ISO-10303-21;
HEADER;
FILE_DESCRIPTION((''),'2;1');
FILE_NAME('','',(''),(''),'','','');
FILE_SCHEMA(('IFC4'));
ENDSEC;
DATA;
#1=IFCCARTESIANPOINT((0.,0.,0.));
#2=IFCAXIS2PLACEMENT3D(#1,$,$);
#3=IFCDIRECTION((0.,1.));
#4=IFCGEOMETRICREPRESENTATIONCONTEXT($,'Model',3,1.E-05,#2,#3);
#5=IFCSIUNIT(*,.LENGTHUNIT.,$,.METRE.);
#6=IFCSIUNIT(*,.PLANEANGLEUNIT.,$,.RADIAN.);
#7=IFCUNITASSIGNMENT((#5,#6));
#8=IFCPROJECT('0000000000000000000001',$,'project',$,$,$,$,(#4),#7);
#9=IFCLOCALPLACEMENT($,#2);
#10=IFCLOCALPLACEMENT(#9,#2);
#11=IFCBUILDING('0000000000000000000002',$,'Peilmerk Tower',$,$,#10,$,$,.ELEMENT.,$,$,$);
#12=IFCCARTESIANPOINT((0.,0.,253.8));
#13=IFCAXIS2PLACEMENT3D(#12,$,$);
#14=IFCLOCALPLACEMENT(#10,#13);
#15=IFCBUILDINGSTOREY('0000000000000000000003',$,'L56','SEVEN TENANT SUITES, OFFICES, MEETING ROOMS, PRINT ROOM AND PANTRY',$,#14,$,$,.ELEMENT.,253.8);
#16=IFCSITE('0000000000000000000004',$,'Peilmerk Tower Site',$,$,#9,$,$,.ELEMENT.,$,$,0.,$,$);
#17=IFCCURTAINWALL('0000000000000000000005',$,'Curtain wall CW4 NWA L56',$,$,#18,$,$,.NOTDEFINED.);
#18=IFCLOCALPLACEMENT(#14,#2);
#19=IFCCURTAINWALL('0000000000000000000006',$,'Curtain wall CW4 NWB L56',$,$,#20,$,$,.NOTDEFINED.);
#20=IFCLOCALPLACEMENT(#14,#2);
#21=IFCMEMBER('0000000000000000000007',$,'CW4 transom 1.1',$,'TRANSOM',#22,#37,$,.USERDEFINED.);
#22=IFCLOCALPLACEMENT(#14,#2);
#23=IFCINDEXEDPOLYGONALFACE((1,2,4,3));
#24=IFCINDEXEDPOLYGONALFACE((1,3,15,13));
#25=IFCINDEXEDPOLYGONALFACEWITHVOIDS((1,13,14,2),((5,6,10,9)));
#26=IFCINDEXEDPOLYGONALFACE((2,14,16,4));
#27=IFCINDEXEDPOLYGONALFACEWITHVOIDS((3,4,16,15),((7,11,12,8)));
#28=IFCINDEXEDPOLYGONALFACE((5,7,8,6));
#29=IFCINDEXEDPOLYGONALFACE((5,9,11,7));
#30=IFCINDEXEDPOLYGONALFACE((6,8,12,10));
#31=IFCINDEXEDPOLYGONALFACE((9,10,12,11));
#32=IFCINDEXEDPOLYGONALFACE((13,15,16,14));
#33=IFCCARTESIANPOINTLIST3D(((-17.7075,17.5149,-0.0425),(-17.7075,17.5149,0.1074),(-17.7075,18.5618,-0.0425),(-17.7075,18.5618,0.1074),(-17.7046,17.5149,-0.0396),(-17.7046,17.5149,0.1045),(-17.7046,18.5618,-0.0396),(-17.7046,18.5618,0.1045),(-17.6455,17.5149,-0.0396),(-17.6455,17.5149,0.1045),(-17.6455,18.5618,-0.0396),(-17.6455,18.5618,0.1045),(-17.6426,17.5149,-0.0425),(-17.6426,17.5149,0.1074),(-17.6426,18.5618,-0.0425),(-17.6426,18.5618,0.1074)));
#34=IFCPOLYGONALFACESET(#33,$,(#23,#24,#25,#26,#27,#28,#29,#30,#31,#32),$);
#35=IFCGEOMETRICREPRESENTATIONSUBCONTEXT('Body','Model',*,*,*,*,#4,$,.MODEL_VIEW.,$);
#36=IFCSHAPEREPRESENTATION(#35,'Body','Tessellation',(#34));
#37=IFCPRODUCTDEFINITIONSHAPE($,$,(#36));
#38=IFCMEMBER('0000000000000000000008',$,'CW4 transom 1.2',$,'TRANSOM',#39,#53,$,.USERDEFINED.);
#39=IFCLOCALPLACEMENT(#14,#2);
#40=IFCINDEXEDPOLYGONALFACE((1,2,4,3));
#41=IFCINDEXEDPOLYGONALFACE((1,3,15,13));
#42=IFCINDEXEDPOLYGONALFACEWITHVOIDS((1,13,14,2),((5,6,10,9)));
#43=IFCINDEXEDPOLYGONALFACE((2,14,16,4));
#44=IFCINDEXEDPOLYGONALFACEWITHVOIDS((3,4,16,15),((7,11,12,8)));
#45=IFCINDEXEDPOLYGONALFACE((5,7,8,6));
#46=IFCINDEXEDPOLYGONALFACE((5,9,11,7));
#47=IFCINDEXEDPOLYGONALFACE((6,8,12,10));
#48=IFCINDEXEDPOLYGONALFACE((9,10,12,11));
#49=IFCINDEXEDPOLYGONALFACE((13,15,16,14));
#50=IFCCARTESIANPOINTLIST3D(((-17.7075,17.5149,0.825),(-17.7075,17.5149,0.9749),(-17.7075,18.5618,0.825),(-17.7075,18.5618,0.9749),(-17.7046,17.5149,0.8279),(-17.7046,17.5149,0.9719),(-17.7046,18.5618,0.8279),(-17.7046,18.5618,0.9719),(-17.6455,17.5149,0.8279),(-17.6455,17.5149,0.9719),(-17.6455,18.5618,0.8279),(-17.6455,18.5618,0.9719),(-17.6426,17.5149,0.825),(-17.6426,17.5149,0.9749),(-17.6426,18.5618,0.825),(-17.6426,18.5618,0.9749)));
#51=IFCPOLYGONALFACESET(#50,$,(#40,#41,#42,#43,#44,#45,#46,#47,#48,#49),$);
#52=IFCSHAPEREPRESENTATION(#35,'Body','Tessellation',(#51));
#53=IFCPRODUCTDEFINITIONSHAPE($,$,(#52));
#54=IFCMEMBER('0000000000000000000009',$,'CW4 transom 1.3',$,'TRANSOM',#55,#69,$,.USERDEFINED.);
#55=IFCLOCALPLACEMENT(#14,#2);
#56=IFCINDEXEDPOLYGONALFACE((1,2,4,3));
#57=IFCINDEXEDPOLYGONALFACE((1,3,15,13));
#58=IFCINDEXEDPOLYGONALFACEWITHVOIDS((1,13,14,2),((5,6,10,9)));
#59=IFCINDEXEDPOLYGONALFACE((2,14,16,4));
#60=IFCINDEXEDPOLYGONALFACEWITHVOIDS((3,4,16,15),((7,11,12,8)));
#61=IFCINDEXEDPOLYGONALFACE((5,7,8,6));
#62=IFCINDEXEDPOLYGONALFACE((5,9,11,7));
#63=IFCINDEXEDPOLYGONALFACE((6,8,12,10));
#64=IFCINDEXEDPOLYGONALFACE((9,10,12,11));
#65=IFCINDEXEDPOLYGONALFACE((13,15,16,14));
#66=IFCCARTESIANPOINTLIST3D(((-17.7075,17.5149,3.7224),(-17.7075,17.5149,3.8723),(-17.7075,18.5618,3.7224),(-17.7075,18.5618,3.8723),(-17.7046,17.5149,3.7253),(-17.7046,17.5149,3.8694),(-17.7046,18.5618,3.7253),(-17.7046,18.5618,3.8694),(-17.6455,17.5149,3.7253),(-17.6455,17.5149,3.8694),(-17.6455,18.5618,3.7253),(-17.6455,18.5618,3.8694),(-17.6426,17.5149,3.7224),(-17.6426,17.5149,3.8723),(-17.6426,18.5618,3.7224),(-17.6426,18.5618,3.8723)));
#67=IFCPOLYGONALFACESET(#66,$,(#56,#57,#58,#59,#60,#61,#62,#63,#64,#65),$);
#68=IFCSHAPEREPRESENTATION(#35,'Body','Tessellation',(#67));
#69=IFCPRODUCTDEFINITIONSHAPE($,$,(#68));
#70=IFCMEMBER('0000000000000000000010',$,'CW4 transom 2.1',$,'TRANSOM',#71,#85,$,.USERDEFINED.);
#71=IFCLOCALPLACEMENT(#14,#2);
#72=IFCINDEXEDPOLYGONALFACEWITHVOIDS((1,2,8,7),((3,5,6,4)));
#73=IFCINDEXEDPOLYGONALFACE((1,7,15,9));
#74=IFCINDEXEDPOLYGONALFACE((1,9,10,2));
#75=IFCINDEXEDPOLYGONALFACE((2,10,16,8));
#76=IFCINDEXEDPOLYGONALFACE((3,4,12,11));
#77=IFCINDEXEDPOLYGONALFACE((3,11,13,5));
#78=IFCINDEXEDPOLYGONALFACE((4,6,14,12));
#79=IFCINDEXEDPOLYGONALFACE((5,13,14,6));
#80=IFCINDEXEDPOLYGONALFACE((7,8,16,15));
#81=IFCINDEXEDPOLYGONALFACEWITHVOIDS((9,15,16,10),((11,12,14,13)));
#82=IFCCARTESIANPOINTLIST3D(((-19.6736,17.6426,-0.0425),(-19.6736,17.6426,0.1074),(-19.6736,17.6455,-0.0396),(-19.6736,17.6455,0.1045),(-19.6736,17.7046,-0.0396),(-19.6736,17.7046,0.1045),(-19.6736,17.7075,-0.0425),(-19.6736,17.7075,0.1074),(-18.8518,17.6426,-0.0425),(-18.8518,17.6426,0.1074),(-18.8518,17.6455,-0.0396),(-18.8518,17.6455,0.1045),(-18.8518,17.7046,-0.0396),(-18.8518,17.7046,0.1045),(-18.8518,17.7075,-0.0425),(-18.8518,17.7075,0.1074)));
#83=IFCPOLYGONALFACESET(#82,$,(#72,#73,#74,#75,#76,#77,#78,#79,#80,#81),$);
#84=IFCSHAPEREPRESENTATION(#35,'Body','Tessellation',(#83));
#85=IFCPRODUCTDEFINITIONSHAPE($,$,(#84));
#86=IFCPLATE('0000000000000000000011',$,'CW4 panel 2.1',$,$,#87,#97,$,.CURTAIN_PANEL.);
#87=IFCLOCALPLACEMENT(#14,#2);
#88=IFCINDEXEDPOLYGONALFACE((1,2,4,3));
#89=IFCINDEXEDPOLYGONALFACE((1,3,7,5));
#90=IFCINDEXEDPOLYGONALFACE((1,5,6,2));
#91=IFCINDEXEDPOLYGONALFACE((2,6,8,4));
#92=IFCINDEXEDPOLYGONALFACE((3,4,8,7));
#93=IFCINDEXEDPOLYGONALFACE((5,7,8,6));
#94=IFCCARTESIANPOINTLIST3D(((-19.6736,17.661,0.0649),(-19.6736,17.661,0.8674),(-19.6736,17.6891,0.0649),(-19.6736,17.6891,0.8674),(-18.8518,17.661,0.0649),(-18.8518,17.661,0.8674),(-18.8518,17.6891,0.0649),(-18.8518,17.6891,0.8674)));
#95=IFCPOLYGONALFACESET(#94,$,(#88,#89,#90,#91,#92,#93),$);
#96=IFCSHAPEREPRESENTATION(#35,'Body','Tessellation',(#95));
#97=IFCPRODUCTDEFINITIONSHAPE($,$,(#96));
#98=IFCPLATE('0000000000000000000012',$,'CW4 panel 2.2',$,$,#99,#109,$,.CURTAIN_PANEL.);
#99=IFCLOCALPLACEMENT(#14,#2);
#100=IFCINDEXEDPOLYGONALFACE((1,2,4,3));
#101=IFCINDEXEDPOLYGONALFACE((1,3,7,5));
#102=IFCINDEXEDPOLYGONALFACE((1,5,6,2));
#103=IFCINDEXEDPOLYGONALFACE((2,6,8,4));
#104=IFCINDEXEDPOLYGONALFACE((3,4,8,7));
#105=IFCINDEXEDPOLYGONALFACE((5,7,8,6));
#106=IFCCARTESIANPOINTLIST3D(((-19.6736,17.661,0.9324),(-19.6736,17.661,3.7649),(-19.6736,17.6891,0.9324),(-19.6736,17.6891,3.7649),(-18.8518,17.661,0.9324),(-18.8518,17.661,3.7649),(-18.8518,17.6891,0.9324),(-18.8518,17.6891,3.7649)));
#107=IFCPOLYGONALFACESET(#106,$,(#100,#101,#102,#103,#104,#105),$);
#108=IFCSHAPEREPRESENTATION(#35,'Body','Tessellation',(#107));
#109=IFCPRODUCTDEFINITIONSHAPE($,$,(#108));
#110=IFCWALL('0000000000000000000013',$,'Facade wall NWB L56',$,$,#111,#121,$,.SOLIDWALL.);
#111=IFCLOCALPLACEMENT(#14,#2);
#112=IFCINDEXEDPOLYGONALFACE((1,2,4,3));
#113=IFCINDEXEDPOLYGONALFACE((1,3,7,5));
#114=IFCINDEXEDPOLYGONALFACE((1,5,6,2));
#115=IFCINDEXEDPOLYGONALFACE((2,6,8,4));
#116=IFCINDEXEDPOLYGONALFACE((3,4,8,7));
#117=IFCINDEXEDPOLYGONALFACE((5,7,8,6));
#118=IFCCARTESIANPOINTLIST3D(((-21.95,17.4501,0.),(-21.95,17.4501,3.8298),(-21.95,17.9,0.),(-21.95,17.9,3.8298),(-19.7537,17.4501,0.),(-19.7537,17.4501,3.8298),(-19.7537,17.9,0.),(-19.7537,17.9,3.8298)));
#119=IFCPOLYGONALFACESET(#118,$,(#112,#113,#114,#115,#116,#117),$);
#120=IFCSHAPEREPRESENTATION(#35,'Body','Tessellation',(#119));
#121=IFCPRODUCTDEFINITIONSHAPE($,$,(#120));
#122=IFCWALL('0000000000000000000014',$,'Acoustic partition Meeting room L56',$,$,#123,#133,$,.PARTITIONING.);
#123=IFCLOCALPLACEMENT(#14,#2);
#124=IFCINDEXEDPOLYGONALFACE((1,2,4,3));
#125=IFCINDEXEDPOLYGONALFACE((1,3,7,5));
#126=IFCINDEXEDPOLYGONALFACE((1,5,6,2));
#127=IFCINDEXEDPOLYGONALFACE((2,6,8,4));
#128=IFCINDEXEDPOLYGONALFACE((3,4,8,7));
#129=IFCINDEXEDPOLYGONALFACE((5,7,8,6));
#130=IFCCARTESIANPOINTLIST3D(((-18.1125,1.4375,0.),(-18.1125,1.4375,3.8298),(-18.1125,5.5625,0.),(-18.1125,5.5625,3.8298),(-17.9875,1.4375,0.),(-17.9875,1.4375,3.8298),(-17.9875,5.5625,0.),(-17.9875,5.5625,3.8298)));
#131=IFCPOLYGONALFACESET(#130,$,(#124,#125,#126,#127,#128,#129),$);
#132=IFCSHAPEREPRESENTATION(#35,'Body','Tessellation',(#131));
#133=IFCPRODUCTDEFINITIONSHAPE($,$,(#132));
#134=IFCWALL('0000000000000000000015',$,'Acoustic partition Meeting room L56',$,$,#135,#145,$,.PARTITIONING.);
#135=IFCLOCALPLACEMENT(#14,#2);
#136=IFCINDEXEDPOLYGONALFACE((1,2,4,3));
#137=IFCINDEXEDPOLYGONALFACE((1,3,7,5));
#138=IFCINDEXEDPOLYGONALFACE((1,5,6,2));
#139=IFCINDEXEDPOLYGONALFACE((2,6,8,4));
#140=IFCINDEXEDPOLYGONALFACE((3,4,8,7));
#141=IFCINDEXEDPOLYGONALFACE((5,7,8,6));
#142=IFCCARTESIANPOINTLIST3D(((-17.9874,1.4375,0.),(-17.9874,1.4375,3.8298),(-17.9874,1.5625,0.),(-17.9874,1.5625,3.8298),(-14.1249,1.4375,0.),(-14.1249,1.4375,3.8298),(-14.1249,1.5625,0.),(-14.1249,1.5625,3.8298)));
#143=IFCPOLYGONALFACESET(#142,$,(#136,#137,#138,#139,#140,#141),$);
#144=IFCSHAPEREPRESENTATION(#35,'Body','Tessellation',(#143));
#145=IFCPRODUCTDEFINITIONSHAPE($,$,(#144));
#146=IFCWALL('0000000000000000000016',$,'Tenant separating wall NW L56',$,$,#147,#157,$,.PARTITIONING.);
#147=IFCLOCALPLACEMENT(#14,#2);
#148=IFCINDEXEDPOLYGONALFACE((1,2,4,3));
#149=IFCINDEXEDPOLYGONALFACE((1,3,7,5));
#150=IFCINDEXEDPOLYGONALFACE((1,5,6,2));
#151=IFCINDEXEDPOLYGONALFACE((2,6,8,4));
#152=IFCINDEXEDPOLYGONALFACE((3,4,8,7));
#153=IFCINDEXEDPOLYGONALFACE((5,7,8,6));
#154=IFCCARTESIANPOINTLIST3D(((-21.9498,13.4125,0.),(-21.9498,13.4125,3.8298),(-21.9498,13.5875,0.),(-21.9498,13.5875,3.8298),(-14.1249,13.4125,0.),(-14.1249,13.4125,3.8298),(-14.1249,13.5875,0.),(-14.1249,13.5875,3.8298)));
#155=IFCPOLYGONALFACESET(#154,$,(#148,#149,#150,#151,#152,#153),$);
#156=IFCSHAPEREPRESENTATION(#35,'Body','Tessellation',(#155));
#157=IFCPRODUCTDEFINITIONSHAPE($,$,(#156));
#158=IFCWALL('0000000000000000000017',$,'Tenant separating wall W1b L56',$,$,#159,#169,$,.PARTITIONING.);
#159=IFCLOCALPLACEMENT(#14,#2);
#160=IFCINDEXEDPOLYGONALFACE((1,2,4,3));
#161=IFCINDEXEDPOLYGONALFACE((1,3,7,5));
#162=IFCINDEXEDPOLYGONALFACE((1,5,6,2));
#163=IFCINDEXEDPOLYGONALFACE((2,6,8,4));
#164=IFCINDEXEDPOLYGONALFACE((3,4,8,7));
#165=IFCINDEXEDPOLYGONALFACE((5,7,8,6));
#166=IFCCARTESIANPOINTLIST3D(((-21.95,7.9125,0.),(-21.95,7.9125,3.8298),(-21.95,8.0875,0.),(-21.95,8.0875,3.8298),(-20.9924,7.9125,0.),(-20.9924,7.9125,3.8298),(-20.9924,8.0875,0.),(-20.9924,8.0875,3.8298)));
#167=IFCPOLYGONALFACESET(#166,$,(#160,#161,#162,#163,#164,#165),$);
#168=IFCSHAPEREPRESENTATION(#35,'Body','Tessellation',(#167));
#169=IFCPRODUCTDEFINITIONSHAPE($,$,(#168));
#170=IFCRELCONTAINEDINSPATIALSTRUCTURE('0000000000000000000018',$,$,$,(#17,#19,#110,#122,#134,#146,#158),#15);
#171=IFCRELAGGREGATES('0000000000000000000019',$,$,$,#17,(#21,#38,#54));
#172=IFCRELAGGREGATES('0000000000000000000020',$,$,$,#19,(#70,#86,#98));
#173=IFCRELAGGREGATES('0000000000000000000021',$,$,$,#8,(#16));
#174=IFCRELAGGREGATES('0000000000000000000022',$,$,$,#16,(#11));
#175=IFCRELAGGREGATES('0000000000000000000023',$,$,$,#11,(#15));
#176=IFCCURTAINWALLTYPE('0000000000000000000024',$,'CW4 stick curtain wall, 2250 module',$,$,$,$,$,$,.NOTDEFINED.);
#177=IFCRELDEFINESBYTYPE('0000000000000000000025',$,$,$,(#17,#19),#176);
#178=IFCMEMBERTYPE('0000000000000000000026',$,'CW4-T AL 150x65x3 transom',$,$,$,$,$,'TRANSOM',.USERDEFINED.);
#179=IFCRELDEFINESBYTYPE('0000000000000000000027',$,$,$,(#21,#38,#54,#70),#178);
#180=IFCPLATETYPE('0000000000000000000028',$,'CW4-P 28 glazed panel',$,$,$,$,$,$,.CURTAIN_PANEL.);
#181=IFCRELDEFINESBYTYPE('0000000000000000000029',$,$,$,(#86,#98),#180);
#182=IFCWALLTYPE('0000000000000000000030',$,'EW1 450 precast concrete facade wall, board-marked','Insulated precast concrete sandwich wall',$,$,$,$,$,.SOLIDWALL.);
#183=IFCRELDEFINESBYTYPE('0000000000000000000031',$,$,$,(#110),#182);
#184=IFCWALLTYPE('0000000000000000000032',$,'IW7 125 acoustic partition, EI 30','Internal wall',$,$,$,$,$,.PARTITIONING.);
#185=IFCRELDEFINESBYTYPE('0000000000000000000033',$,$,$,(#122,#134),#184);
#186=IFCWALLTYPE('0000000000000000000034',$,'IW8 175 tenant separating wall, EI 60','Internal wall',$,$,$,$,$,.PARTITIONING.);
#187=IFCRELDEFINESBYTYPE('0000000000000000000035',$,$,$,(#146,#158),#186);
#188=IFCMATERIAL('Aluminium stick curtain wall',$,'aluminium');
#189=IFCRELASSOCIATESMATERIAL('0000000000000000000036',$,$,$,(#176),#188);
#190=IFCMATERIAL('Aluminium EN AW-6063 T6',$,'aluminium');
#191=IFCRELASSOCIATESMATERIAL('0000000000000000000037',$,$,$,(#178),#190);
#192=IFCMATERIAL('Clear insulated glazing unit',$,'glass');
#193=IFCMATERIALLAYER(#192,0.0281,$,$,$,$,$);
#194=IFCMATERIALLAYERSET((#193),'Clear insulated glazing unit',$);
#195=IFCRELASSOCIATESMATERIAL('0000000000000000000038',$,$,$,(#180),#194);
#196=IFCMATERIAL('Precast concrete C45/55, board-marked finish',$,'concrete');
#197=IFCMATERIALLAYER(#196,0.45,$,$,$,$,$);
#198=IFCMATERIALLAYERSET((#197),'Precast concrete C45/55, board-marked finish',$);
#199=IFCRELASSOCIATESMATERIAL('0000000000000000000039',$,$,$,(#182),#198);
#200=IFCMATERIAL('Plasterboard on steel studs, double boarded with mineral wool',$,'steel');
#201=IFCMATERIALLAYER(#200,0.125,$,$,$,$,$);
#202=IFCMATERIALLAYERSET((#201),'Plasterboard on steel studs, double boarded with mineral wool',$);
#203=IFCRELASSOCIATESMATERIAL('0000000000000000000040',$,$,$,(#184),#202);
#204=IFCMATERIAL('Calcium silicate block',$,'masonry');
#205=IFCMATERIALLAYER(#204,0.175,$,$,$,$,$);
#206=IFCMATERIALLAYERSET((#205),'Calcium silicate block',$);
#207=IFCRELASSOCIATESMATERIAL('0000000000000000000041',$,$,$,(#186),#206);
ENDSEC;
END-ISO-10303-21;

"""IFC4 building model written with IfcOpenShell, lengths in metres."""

from ifc_helpers import new_model, si_unit, direction, frame, frame_2d, origin, origin_2d, place, context, subcontext, project, spatial, rectangle, hollow_rectangle, extrude, material, layer, layer_set, material_profile, profile_set, type_object, element, aggregate, save


model = new_model("IFC4")

# Units and contexts
model_context = context("Model", 3, precision=1e-05, world=origin(), true_north=direction((0.0, 1.0)))
body_context = subcontext(model_context, "Body", "Model", "MODEL_VIEW")
ifc_project = project(units=[si_unit("LENGTHUNIT", "METRE"), si_unit("PLANEANGLEUNIT", "RADIAN")], contexts=[model_context])

# Site, building, storey
site_placement = place(None, origin())
site = spatial("IfcSite", under=ifc_project, at=site_placement, Name="Peilmerk Tower Site", CompositionType="ELEMENT", RefElevation=0.0)
building_placement = place(site_placement, origin())
building = spatial("IfcBuilding", under=site, at=building_placement, Name="Peilmerk Tower", CompositionType="ELEMENT")
storey_placement = place(building_placement, frame((0.0, 0.0, 253.8)))
storey = spatial("IfcBuildingStorey", under=building, at=storey_placement, Name="L56", Description="SEVEN TENANT SUITES, OFFICES, MEETING ROOMS, PRINT ROOM AND PANTRY", CompositionType="ELEMENT", Elevation=253.8)

# Curtain walls
ifc_material_1 = material(Name="Aluminium stick curtain wall", Category="aluminium")
curtain_wall_type = type_object("IfcCurtainWallType", Name="CW4 stick curtain wall, 2250 module", PredefinedType="NOTDEFINED", material=ifc_material_1)
curtain_wall_1_placement = place(storey_placement, origin())
curtain_wall_1 = element("IfcCurtainWall", 1, at=curtain_wall_1_placement, inside=storey, type_object=curtain_wall_type, Name="Curtain wall CW4 NWA L56", PredefinedType="NOTDEFINED")
ifc_material_2 = material(Name="Aluminium EN AW-6063 T6", Category="aluminium")
curtain_wall_2_placement = place(storey_placement, origin())
curtain_wall_2 = element("IfcCurtainWall", 2, at=curtain_wall_2_placement, inside=storey, type_object=curtain_wall_type, Name="Curtain wall CW4 NWB L56", PredefinedType="NOTDEFINED")

# Members
ifc_material_profile_1 = material_profile(ifc_material_2, hollow_rectangle(XDim=0.0649, YDim=0.1499, WallThickness=0.0029, at=origin_2d()), Name="AL 150x65x3")
ifc_profile_set_1 = profile_set([ifc_material_profile_1], Name="Aluminium EN AW-6063 T6")
member_type_1 = type_object("IfcMemberType", Name="CW4-T AL 150x65x3 transom", ElementType="TRANSOM", PredefinedType="USERDEFINED", material=ifc_profile_set_1)
member_1_placement = place(storey_placement, frame((-17.675, 17.5149, 0.0325), z_axis=(0.0, 1.0, 0.0), x_axis=(-1.0, 0.0, 0.0)))
member_1 = element("IfcMember", 3, at=member_1_placement, type_object=member_type_1, Name="CW4 transom 1.1", ObjectType="TRANSOM", PredefinedType="USERDEFINED", context=body_context, shape_type="SweptSolid", body=[
    extrude(hollow_rectangle(XDim=0.0649, YDim=0.1499, WallThickness=0.0029, at=origin_2d()), origin(), (0.0, 0.0, 1.0), 1.0469),
])
member_2_placement = place(storey_placement, frame((-17.675, 17.5149, 0.8999), z_axis=(0.0, 1.0, 0.0), x_axis=(-1.0, 0.0, 0.0)))
member_2 = element("IfcMember", 4, at=member_2_placement, type_object=member_type_1, Name="CW4 transom 1.2", ObjectType="TRANSOM", PredefinedType="USERDEFINED", context=body_context, shape_type="SweptSolid", body=[
    extrude(hollow_rectangle(XDim=0.0649, YDim=0.1499, WallThickness=0.0029, at=origin_2d()), origin(), (0.0, 0.0, 1.0), 1.0469),
])
member_3_placement = place(storey_placement, frame((-17.675, 17.5149, 3.7974), z_axis=(0.0, 1.0, 0.0), x_axis=(-1.0, 0.0, 0.0)))
member_3 = element("IfcMember", 5, at=member_3_placement, type_object=member_type_1, Name="CW4 transom 1.3", ObjectType="TRANSOM", PredefinedType="USERDEFINED", context=body_context, shape_type="SweptSolid", body=[
    extrude(hollow_rectangle(XDim=0.0649, YDim=0.1499, WallThickness=0.0029, at=origin_2d()), origin(), (0.0, 0.0, 1.0), 1.0469),
])
aggregate(curtain_wall_1, [member_1, member_2, member_3])
member_4_placement = place(storey_placement, frame((-18.8518, 17.675, 0.0325), z_axis=(-1.0, 0.0, 0.0), x_axis=(0.0, -1.0, 0.0)))
member_4 = element("IfcMember", 6, at=member_4_placement, type_object=member_type_1, Name="CW4 transom 2.1", ObjectType="TRANSOM", PredefinedType="USERDEFINED", context=body_context, shape_type="SweptSolid", body=[
    extrude(hollow_rectangle(XDim=0.0649, YDim=0.1499, WallThickness=0.0029, at=origin_2d()), origin(), (0.0, 0.0, 1.0), 0.8218),
])

# Plates
ifc_material_3 = material(Name="Clear insulated glazing unit", Category="glass")
ifc_layer_1 = layer(ifc_material_3, 0.0281)
ifc_layer_set_1 = layer_set([ifc_layer_1], Name="Clear insulated glazing unit")
plate_type = type_object("IfcPlateType", Name="CW4-P 28 glazed panel", PredefinedType="CURTAIN_PANEL", material=ifc_layer_set_1)
plate_1_placement = place(storey_placement, frame((-19.2627, 17.675, 0.0649), z_axis=(0.0, 0.0, 1.0), x_axis=(-1.0, 0.0, 0.0)))
plate_1 = element("IfcPlate", 7, at=plate_1_placement, type_object=plate_type, Name="CW4 panel 2.1", PredefinedType="CURTAIN_PANEL", context=body_context, shape_type="SweptSolid", body=[
    extrude(rectangle(XDim=0.8218, YDim=0.0281, at=origin_2d()), origin(), (0.0, 0.0, 1.0), 0.8025),
])
plate_2_placement = place(storey_placement, frame((-19.2627, 17.675, 0.9324), z_axis=(0.0, 0.0, 1.0), x_axis=(-1.0, 0.0, 0.0)))
plate_2 = element("IfcPlate", 8, at=plate_2_placement, type_object=plate_type, Name="CW4 panel 2.2", PredefinedType="CURTAIN_PANEL", context=body_context, shape_type="SweptSolid", body=[
    extrude(rectangle(XDim=0.8218, YDim=0.0281, at=origin_2d()), origin(), (0.0, 0.0, 1.0), 2.8325),
])
aggregate(curtain_wall_2, [member_4, plate_1, plate_2])

# Walls
ifc_material_4 = material(Name="Precast concrete C45/55, board-marked finish", Category="concrete")
ifc_layer_2 = layer(ifc_material_4, 0.45)
ifc_layer_set_2 = layer_set([ifc_layer_2], Name="Precast concrete C45/55, board-marked finish")
wall_type_1 = type_object("IfcWallType", Name="EW1 450 precast concrete facade wall, board-marked", Description="Insulated precast concrete sandwich wall", PredefinedType="SOLIDWALL", material=ifc_layer_set_2)
wall_1_placement = place(storey_placement, frame((-19.7537, 17.675, 0.0), z_axis=(0.0, 0.0, 1.0), x_axis=(-1.0, 0.0, 0.0)))
element("IfcWall", 9, at=wall_1_placement, inside=storey, type_object=wall_type_1, Name="Facade wall NWB L56", PredefinedType="SOLIDWALL", context=body_context, shape_type="SweptSolid", body=[
    extrude(rectangle(XDim=2.1963, YDim=0.45, at=frame_2d((1.0981, 0.0))), origin(), (0.0, 0.0, 1.0), 3.8298),
])
ifc_material_5 = material(Name="Plasterboard on steel studs, double boarded with mineral wool", Category="steel")
ifc_layer_3 = layer(ifc_material_5, 0.125)
ifc_layer_set_3 = layer_set([ifc_layer_3], Name="Plasterboard on steel studs, double boarded with mineral wool")
wall_type_2 = type_object("IfcWallType", Name="IW7 125 acoustic partition, EI 30", Description="Internal wall", PredefinedType="PARTITIONING", material=ifc_layer_set_3)
wall_2_placement = place(storey_placement, frame((-18.05, 1.4375, 0.0), z_axis=(0.0, 0.0, 1.0), x_axis=(0.0, 1.0, 0.0)))
element("IfcWall", 10, at=wall_2_placement, inside=storey, type_object=wall_type_2, Name="Acoustic partition Meeting room L56", PredefinedType="PARTITIONING", context=body_context, shape_type="SweptSolid", body=[
    extrude(rectangle(XDim=4.125, YDim=0.125, at=frame_2d((2.0625, 0.0))), origin(), (0.0, 0.0, 1.0), 3.8298),
])
wall_3_placement = place(storey_placement, frame((-14.125, 1.5, 0.0), z_axis=(0.0, 0.0, 1.0), x_axis=(-1.0, 0.0, 0.0)))
element("IfcWall", 11, at=wall_3_placement, inside=storey, type_object=wall_type_2, Name="Acoustic partition Meeting room L56", PredefinedType="PARTITIONING", context=body_context, shape_type="SweptSolid", body=[
    extrude(rectangle(XDim=3.8625, YDim=0.125, at=frame_2d((1.9312, 0.0))), origin(), (0.0, 0.0, 1.0), 3.8298),
])
ifc_material_6 = material(Name="Calcium silicate block", Category="masonry")
ifc_layer_4 = layer(ifc_material_6, 0.175)
ifc_layer_set_4 = layer_set([ifc_layer_4], Name="Calcium silicate block")
wall_type_3 = type_object("IfcWallType", Name="IW8 175 tenant separating wall, EI 60", Description="Internal wall", PredefinedType="PARTITIONING", material=ifc_layer_set_4)
wall_4_placement = place(storey_placement, frame((-21.95, 13.5, 0.0), z_axis=(0.0, 0.0, 1.0), x_axis=(1.0, 0.0, 0.0)))
element("IfcWall", 12, at=wall_4_placement, inside=storey, type_object=wall_type_3, Name="Tenant separating wall NW L56", PredefinedType="PARTITIONING", context=body_context, shape_type="SweptSolid", body=[
    extrude(rectangle(XDim=7.825, YDim=0.175, at=frame_2d((3.9126, 0.0))), origin(), (0.0, 0.0, 1.0), 3.8298),
])
wall_5_placement = place(storey_placement, frame((-20.9924, 8.0, 0.0), z_axis=(0.0, 0.0, 1.0), x_axis=(-1.0, 0.0, 0.0)))
element("IfcWall", 13, at=wall_5_placement, inside=storey, type_object=wall_type_3, Name="Tenant separating wall W1b L56", PredefinedType="PARTITIONING", context=body_context, shape_type="SweptSolid", body=[
    extrude(rectangle(XDim=0.9575, YDim=0.175, at=frame_2d((0.4788, 0.0))), origin(), (0.0, 0.0, 1.0), 3.8298),
])

save(model, "model.ifc")
